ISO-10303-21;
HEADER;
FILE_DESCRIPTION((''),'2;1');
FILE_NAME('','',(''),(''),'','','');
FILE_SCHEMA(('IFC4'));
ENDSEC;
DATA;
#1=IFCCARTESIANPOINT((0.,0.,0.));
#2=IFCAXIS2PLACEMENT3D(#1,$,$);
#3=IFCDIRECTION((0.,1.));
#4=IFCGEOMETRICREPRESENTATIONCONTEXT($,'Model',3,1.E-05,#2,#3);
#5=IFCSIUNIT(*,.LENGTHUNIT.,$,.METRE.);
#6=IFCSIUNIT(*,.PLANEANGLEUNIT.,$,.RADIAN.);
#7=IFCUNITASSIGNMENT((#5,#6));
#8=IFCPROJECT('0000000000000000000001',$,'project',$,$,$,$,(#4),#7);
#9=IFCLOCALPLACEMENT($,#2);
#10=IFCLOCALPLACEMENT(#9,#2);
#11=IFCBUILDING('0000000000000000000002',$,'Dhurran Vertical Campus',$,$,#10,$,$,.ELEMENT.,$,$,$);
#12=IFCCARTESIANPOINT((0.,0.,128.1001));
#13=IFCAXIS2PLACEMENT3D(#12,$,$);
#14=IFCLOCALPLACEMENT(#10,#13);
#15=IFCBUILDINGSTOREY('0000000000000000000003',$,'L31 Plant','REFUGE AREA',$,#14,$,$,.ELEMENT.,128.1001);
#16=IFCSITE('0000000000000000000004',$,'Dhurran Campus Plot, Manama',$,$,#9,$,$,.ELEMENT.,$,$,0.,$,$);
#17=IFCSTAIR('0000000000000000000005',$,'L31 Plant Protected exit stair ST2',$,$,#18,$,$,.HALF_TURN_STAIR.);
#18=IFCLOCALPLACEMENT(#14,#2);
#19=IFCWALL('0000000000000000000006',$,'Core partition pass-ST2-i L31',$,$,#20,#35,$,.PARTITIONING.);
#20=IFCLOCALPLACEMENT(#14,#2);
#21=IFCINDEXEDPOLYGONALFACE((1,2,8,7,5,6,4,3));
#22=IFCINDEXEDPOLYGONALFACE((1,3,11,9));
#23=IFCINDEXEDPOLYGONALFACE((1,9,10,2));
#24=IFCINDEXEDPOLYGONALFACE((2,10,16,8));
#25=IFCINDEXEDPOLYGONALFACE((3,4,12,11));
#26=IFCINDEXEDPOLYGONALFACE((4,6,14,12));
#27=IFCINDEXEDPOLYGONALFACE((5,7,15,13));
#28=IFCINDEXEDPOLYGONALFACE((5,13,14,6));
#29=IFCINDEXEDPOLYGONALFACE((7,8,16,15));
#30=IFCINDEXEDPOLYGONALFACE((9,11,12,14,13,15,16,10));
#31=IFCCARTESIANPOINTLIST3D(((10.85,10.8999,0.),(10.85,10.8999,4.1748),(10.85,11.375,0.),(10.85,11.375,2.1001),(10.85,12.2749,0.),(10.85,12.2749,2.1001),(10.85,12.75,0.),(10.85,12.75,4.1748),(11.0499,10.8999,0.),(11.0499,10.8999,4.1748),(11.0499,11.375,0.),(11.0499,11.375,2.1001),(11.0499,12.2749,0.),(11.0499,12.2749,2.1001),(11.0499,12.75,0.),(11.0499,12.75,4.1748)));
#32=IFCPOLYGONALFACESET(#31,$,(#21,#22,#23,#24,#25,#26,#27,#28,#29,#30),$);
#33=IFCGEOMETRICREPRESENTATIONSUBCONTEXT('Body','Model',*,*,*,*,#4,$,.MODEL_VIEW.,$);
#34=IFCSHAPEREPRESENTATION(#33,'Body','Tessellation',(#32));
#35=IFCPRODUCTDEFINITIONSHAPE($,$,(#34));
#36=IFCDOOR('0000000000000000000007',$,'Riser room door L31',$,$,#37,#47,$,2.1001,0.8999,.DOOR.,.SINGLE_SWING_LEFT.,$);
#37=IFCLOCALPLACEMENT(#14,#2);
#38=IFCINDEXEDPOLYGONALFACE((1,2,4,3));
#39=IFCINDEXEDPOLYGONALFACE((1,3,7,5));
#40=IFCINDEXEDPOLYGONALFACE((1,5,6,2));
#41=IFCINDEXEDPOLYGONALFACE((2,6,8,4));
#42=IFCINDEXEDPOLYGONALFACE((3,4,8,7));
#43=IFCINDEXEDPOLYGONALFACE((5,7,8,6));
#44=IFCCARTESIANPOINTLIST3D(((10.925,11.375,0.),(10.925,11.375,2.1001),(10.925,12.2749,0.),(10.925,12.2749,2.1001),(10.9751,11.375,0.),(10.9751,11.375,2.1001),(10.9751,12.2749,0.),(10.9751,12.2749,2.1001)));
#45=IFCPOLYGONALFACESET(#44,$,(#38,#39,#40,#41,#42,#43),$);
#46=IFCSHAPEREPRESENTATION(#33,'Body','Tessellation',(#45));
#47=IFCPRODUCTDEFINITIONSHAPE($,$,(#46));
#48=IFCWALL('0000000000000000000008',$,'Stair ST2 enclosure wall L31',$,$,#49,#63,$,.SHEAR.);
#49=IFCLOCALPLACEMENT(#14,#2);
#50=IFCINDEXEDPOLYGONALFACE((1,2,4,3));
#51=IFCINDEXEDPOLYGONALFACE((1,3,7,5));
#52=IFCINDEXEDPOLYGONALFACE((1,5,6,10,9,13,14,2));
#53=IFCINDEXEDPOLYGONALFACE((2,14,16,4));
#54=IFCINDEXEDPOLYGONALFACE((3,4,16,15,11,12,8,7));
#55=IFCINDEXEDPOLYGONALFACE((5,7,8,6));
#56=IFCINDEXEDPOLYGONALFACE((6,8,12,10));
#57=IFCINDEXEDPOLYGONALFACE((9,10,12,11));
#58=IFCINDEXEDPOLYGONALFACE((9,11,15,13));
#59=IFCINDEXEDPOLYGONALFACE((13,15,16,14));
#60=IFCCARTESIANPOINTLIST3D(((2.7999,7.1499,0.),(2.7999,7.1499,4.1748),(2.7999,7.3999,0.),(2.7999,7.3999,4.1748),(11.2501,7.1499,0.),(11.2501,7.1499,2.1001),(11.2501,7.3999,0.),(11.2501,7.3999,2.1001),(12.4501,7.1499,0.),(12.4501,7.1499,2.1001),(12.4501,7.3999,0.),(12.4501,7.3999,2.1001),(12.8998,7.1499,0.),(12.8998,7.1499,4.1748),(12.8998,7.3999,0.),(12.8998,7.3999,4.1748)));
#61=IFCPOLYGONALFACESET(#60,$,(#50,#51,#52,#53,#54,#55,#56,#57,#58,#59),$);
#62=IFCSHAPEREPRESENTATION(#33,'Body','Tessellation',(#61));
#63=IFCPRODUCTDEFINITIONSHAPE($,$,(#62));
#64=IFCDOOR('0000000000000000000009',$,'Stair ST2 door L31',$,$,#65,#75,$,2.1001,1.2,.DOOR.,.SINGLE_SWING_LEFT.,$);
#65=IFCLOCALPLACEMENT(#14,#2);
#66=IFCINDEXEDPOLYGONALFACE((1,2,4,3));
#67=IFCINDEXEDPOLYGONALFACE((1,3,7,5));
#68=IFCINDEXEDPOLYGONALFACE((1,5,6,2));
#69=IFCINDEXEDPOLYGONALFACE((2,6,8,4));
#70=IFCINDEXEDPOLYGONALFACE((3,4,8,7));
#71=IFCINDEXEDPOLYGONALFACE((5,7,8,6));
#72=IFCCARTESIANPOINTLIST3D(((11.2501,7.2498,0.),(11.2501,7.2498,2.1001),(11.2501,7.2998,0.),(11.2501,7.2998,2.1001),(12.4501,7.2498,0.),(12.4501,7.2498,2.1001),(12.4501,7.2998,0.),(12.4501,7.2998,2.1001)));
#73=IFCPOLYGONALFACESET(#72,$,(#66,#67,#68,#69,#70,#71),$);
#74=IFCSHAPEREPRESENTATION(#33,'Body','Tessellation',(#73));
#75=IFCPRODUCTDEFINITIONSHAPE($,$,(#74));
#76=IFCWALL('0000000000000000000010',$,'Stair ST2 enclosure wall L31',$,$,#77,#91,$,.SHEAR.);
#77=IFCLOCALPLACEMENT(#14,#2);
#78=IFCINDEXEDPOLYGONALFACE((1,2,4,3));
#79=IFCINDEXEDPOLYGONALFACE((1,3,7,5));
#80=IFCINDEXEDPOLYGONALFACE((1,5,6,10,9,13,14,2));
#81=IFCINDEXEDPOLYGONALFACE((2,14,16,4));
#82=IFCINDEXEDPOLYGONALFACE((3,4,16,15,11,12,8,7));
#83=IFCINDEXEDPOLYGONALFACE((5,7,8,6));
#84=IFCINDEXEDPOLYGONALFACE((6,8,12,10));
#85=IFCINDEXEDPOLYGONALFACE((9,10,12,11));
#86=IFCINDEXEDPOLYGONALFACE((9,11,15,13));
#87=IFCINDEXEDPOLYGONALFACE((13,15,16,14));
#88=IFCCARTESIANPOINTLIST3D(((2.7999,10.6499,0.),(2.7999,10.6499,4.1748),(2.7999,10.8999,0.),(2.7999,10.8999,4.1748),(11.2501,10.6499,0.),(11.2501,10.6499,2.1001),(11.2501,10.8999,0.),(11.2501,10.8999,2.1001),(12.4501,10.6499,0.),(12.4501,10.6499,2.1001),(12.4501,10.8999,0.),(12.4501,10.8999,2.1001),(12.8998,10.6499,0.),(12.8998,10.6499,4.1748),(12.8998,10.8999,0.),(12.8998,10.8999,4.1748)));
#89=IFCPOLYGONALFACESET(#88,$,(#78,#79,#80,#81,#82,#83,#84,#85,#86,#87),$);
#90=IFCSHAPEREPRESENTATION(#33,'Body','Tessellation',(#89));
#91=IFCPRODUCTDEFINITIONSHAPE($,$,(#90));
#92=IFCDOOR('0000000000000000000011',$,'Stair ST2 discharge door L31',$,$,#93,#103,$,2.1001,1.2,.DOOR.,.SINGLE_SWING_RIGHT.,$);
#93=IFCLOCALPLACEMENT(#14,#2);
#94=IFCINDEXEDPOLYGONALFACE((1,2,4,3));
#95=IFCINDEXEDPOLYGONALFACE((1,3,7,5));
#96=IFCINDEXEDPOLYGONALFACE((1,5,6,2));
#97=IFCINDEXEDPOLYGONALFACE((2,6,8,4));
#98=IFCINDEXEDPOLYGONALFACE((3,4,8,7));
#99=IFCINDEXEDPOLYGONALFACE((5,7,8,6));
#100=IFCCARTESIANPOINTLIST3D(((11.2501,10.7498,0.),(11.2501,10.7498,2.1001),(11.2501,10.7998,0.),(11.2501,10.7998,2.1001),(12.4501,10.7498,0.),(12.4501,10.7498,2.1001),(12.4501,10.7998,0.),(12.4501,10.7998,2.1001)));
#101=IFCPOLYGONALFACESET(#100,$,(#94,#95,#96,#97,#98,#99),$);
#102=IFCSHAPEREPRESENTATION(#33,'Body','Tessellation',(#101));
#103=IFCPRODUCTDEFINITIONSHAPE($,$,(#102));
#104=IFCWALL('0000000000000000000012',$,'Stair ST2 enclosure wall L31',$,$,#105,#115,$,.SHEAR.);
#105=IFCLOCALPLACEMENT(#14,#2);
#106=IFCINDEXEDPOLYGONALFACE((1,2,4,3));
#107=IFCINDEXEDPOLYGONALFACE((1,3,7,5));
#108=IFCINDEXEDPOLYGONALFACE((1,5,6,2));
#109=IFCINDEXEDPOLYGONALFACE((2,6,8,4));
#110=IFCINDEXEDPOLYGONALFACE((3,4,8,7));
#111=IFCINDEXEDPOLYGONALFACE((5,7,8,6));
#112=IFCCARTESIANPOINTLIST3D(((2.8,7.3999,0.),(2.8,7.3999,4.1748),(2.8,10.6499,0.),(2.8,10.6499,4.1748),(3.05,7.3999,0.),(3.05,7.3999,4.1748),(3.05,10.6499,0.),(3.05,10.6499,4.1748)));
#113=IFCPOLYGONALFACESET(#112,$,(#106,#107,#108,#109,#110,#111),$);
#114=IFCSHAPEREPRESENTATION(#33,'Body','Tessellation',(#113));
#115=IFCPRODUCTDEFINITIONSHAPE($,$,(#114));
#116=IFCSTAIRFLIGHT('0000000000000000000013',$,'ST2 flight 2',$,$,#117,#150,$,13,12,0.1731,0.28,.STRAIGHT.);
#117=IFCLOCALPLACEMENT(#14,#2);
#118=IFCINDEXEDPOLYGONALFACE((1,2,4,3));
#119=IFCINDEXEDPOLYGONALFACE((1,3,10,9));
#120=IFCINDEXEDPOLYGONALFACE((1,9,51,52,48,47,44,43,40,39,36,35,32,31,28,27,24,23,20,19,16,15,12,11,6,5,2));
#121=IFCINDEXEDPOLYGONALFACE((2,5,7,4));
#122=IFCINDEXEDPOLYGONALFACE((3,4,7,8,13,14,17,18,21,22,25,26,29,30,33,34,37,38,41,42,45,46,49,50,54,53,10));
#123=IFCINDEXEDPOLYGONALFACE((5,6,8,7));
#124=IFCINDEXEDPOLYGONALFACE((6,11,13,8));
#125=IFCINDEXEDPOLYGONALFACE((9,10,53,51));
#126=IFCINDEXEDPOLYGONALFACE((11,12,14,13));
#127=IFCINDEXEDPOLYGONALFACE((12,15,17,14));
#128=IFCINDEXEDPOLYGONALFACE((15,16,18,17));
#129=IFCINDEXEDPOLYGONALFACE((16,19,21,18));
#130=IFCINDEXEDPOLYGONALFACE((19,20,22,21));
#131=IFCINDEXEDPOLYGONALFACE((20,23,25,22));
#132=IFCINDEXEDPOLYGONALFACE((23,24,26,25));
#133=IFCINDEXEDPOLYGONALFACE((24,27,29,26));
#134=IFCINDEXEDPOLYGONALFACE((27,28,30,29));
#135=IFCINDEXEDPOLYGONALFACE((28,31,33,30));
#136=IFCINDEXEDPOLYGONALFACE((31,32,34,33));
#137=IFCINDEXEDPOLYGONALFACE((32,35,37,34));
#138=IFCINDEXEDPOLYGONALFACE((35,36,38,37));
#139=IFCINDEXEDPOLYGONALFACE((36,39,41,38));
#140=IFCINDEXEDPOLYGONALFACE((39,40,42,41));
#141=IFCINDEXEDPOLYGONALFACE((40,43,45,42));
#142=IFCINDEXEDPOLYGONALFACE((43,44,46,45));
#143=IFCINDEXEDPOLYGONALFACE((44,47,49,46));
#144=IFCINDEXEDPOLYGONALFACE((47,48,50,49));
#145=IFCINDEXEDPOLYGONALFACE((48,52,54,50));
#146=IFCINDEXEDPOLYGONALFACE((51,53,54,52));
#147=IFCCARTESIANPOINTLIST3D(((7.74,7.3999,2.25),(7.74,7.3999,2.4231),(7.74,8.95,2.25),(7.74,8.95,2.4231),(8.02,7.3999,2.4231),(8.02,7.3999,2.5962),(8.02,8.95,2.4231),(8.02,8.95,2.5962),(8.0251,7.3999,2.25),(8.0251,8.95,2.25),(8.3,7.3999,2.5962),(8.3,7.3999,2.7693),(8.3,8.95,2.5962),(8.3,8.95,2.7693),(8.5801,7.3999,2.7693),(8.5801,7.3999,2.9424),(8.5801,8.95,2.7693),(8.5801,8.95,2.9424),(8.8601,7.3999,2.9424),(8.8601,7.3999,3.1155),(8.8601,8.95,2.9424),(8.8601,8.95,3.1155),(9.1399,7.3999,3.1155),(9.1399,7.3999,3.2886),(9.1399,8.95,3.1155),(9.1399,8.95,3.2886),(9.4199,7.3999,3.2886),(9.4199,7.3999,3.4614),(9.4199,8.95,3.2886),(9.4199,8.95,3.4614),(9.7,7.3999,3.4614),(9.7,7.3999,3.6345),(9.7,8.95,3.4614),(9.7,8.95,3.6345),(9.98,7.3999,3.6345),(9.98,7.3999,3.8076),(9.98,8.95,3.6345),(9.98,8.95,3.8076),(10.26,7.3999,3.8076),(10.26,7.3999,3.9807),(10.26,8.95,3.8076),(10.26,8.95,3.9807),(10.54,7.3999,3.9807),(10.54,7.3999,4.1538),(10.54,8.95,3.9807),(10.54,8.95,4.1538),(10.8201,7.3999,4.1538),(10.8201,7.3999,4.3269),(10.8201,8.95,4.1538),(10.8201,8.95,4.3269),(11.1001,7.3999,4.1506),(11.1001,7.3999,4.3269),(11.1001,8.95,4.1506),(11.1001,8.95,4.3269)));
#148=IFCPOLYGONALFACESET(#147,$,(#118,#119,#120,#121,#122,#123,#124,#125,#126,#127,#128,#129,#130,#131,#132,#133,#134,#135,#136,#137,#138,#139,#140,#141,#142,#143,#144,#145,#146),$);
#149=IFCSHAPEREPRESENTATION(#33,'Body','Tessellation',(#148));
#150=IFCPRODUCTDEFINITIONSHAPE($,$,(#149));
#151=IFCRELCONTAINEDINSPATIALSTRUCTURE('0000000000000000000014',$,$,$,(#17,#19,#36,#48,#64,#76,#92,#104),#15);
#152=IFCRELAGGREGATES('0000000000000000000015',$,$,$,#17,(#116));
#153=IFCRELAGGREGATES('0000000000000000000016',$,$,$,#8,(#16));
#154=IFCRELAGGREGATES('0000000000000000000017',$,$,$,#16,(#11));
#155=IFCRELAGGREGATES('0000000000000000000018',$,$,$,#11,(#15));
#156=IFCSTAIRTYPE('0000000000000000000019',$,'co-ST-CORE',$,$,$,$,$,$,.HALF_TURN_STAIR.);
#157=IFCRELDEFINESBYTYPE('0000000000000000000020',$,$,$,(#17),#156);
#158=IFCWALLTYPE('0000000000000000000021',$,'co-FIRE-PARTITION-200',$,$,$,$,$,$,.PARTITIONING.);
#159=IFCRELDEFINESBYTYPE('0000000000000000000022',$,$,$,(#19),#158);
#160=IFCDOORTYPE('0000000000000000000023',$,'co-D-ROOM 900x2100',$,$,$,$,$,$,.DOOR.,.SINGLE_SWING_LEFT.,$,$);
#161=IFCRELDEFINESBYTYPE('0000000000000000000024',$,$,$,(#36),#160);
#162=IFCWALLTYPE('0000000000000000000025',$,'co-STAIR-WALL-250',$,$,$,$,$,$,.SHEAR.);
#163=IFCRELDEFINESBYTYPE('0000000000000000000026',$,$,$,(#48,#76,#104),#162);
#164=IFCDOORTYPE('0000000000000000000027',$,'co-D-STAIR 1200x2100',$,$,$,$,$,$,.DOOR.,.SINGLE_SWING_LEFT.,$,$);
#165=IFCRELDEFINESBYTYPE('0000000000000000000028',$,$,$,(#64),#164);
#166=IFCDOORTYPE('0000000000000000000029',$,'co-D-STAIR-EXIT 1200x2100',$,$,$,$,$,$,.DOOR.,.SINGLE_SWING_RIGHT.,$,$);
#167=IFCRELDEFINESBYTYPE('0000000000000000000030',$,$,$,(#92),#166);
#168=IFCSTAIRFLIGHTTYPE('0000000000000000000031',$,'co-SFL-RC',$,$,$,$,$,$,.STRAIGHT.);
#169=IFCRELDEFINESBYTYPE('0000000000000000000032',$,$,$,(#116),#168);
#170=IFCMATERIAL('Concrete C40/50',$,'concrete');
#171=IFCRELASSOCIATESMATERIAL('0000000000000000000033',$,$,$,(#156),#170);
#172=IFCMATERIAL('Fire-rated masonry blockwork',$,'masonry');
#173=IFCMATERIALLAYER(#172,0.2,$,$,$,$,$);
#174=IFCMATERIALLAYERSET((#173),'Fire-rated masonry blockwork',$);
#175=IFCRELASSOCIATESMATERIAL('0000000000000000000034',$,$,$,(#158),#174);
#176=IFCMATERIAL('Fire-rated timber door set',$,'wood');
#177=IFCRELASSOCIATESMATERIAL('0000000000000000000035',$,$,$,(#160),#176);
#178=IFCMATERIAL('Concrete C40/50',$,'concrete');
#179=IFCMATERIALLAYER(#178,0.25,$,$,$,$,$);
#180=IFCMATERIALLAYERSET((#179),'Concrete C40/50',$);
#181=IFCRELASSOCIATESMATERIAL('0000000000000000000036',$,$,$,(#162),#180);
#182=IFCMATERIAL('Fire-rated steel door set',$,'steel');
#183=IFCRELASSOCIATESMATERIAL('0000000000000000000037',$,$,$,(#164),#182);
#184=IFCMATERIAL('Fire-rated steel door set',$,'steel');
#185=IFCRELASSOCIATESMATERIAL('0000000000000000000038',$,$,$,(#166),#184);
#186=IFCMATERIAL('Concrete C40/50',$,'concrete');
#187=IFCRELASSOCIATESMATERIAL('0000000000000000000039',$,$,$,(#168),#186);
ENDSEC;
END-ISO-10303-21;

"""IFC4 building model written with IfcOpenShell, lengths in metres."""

from ifc_helpers import new_model, si_unit, direction, frame, frame_2d, origin, place, context, subcontext, project, spatial, polyline, rectangle, outline, extrude, material, layer, layer_set, type_object, element, fill, aggregate, save


model = new_model("IFC4")

# Units and contexts
model_context = context("Model", 3, precision=1e-05, world=origin(), true_north=direction((0.0, 1.0)))
body_context = subcontext(model_context, "Body", "Model", "MODEL_VIEW")
ifc_project = project(units=[si_unit("LENGTHUNIT", "METRE"), si_unit("PLANEANGLEUNIT", "RADIAN")], contexts=[model_context])

# Site, building, storey
site_placement = place(None, origin())
site = spatial("IfcSite", under=ifc_project, at=site_placement, Name="Dhurran Campus Plot, Manama", CompositionType="ELEMENT", RefElevation=0.0)
building_placement = place(site_placement, origin())
building = spatial("IfcBuilding", under=site, at=building_placement, Name="Dhurran Vertical Campus", CompositionType="ELEMENT")
storey_placement = place(building_placement, frame((0.0, 0.0, 128.1001)))
storey = spatial("IfcBuildingStorey", under=building, at=storey_placement, Name="L31 Plant", Description="REFUGE AREA", CompositionType="ELEMENT", Elevation=128.1001)

# Stair
ifc_material_1 = material(Name="Concrete C40/50", Category="concrete")
stair_type = type_object("IfcStairType", Name="co-ST-CORE", PredefinedType="HALF_TURN_STAIR", material=ifc_material_1)
stair_1_placement = place(storey_placement, origin())
stair_1 = element("IfcStair", 1, at=stair_1_placement, inside=storey, type_object=stair_type, Name="L31 Plant Protected exit stair ST2", PredefinedType="HALF_TURN_STAIR")

# Shared definitions
ifc_material_2 = material(Name="Fire-rated masonry blockwork", Category="masonry")
ifc_layer_1 = layer(ifc_material_2, 0.2)
ifc_layer_set_1 = layer_set([ifc_layer_1], Name="Fire-rated masonry blockwork")
wall_type_1 = type_object("IfcWallType", Name="co-FIRE-PARTITION-200", PredefinedType="PARTITIONING", material=ifc_layer_set_1)

# Shared definitions
ifc_material_3 = material(Name="Fire-rated timber door set", Category="wood")
door_type_1 = type_object("IfcDoorType", Name="co-D-ROOM 900x2100", OperationType="SINGLE_SWING_LEFT", PredefinedType="DOOR", material=ifc_material_3)

# Walls, openings, doors
wall_1_placement = place(storey_placement, frame((10.95, 10.8999, 0.0), z_axis=(0.0, 0.0, 1.0), x_axis=(0.0, 1.0, 0.0)))
wall_1 = element("IfcWall", 2, at=wall_1_placement, inside=storey, type_object=wall_type_1, Name="Core partition pass-ST2-i L31", PredefinedType="PARTITIONING", context=body_context, shape_type="SweptSolid", body=[
    extrude(rectangle(XDim=1.8501, YDim=0.2, at=frame_2d((0.925, 0.0))), origin(), (0.0, 0.0, 1.0), 4.1748),
])
opening_1_placement = place(wall_1_placement, frame((0.4751, 0.0, 0.0)))
opening_1 = element("IfcOpeningElement", 3, at=opening_1_placement, cuts=wall_1, PredefinedType="OPENING", context=body_context, shape_type="SweptSolid", body=[
    extrude(rectangle(XDim=0.8999, YDim=2.1001, at=frame_2d((0.45, 1.05))), frame((0.0, 0.1099, 0.0), z_axis=(0.0, -1.0, 0.0), x_axis=(1.0, 0.0, 0.0)), (0.0, 0.0, 1.0), 0.22),
])
door_1_placement = place(opening_1_placement, origin())
door_1 = element("IfcDoor", 4, at=door_1_placement, inside=storey, type_object=door_type_1, Name="Riser room door L31", OperationType="SINGLE_SWING_LEFT", OverallHeight=2.1001, OverallWidth=0.8999, PredefinedType="DOOR", context=body_context, shape_type="SweptSolid", body=[
    extrude(rectangle(XDim=0.8999, YDim=2.1001, at=frame_2d((0.45, 1.05))), frame((0.0, 0.0249, 0.0), z_axis=(0.0, -1.0, 0.0), x_axis=(1.0, 0.0, 0.0)), (0.0, 0.0, 1.0), 0.05),
])
fill(opening_1, door_1)
ifc_material_4 = material(Name="Concrete C40/50", Category="concrete")
ifc_layer_2 = layer(ifc_material_4, 0.25)
ifc_layer_set_2 = layer_set([ifc_layer_2], Name="Concrete C40/50")
wall_type_2 = type_object("IfcWallType", Name="co-STAIR-WALL-250", PredefinedType="SHEAR", material=ifc_layer_set_2)
wall_2_placement = place(storey_placement, frame((2.8, 7.2749, 0.0), z_axis=(0.0, 0.0, 1.0), x_axis=(1.0, 0.0, 0.0)))
wall_2 = element("IfcWall", 5, at=wall_2_placement, inside=storey, type_object=wall_type_2, Name="Stair ST2 enclosure wall L31", PredefinedType="SHEAR", context=body_context, shape_type="SweptSolid", body=[
    extrude(rectangle(XDim=10.0999, YDim=0.25, at=frame_2d((5.0498, 0.0))), origin(), (0.0, 0.0, 1.0), 4.1748),
])
opening_2_placement = place(wall_2_placement, frame((8.45, 0.0, 0.0)))
opening_2 = element("IfcOpeningElement", 6, at=opening_2_placement, cuts=wall_2, PredefinedType="OPENING", context=body_context, shape_type="SweptSolid", body=[
    extrude(rectangle(XDim=1.2, YDim=2.1001, at=frame_2d((0.6001, 1.05))), frame((0.0, 0.135, 0.0), z_axis=(0.0, -1.0, 0.0), x_axis=(1.0, 0.0, 0.0)), (0.0, 0.0, 1.0), 0.27),
])
ifc_material_5 = material(Name="Fire-rated steel door set", Category="steel")
door_type_2 = type_object("IfcDoorType", Name="co-D-STAIR 1200x2100", OperationType="SINGLE_SWING_LEFT", PredefinedType="DOOR", material=ifc_material_5)
door_2_placement = place(opening_2_placement, origin())
door_2 = element("IfcDoor", 7, at=door_2_placement, inside=storey, type_object=door_type_2, Name="Stair ST2 door L31", OperationType="SINGLE_SWING_LEFT", OverallHeight=2.1001, OverallWidth=1.2, PredefinedType="DOOR", context=body_context, shape_type="SweptSolid", body=[
    extrude(rectangle(XDim=1.2, YDim=2.1001, at=frame_2d((0.6001, 1.05))), frame((0.0, 0.0249, 0.0), z_axis=(0.0, -1.0, 0.0), x_axis=(1.0, 0.0, 0.0)), (0.0, 0.0, 1.0), 0.05),
])
fill(opening_2, door_2)
wall_3_placement = place(storey_placement, frame((2.8, 10.7749, 0.0), z_axis=(0.0, 0.0, 1.0), x_axis=(1.0, 0.0, 0.0)))
wall_3 = element("IfcWall", 8, at=wall_3_placement, inside=storey, type_object=wall_type_2, Name="Stair ST2 enclosure wall L31", PredefinedType="SHEAR", context=body_context, shape_type="SweptSolid", body=[
    extrude(rectangle(XDim=10.0999, YDim=0.25, at=frame_2d((5.0498, 0.0))), origin(), (0.0, 0.0, 1.0), 4.1748),
])
opening_3_placement = place(wall_3_placement, frame((8.45, 0.0, 0.0)))
opening_3 = element("IfcOpeningElement", 9, at=opening_3_placement, cuts=wall_3, PredefinedType="OPENING", context=body_context, shape_type="SweptSolid", body=[
    extrude(rectangle(XDim=1.2, YDim=2.1001, at=frame_2d((0.6001, 1.05))), frame((0.0, 0.135, 0.0), z_axis=(0.0, -1.0, 0.0), x_axis=(1.0, 0.0, 0.0)), (0.0, 0.0, 1.0), 0.27),
])
ifc_material_6 = material(Name="Fire-rated steel door set", Category="steel")
door_type_3 = type_object("IfcDoorType", Name="co-D-STAIR-EXIT 1200x2100", OperationType="SINGLE_SWING_RIGHT", PredefinedType="DOOR", material=ifc_material_6)
door_3_placement = place(opening_3_placement, origin())
door_3 = element("IfcDoor", 10, at=door_3_placement, inside=storey, type_object=door_type_3, Name="Stair ST2 discharge door L31", OperationType="SINGLE_SWING_RIGHT", OverallHeight=2.1001, OverallWidth=1.2, PredefinedType="DOOR", context=body_context, shape_type="SweptSolid", body=[
    extrude(rectangle(XDim=1.2, YDim=2.1001, at=frame_2d((0.6001, 1.05))), frame((0.0, 0.0249, 0.0), z_axis=(0.0, -1.0, 0.0), x_axis=(1.0, 0.0, 0.0)), (0.0, 0.0, 1.0), 0.05),
])
fill(opening_3, door_3)

# Wall
wall_4_placement = place(storey_placement, frame((2.925, 7.3999, 0.0), z_axis=(0.0, 0.0, 1.0), x_axis=(0.0, 1.0, 0.0)))
element("IfcWall", 11, at=wall_4_placement, inside=storey, type_object=wall_type_2, Name="Stair ST2 enclosure wall L31", PredefinedType="SHEAR", context=body_context, shape_type="SweptSolid", body=[
    extrude(rectangle(XDim=3.25, YDim=0.25, at=frame_2d((1.625, 0.0))), origin(), (0.0, 0.0, 1.0), 4.1748),
])

# Stair flight
ifc_material_7 = material(Name="Concrete C40/50", Category="concrete")
stair_flight_type = type_object("IfcStairFlightType", Name="co-SFL-RC", PredefinedType="STRAIGHT", material=ifc_material_7)
stair_flight_placement = place(storey_placement, frame((7.74, 8.175, 2.25), z_axis=(0.0, 0.0, 1.0), x_axis=(1.0, 0.0, 0.0)))
stair_flight = element("IfcStairFlight", 12, at=stair_flight_placement, type_object=stair_flight_type, Name="ST2 flight 2", NumberOfRisers=13, NumberOfTreads=12, PredefinedType="STRAIGHT", RiserHeight=0.1731, TreadLength=0.28, context=body_context, shape_type="SweptSolid", body=[
    extrude(outline(polyline([(0.0, 0.0), (0.0, 0.1731), (0.28, 0.1731), (0.28, 0.3462), (0.5601, 0.3462), (0.5601, 0.5193), (0.8401, 0.5193), (0.8401, 0.6924), (1.1201, 0.6924), (1.1201, 0.8655), (1.3999, 0.8655), (1.3999, 1.0386), (1.6799, 1.0386), (1.6799, 1.2114), (1.96, 1.2114), (1.96, 1.3845), (2.24, 1.3845), (2.24, 1.5576), (2.52, 1.5576), (2.52, 1.7307), (2.8, 1.7307), (2.8, 1.9038), (3.0801, 1.9038), (3.0801, 2.0769), (3.3601, 2.0769), (3.3601, 2.25), (3.3601, 1.9006), (0.2852, 0.0), (0.0, 0.0)])), frame((0.0, 0.7749, 0.0), z_axis=(0.0, -1.0, 0.0), x_axis=(1.0, 0.0, 0.0)), (0.0, 0.0, 1.0), 1.55),
])
aggregate(stair_1, [stair_flight])

save(model, "model.ifc")
